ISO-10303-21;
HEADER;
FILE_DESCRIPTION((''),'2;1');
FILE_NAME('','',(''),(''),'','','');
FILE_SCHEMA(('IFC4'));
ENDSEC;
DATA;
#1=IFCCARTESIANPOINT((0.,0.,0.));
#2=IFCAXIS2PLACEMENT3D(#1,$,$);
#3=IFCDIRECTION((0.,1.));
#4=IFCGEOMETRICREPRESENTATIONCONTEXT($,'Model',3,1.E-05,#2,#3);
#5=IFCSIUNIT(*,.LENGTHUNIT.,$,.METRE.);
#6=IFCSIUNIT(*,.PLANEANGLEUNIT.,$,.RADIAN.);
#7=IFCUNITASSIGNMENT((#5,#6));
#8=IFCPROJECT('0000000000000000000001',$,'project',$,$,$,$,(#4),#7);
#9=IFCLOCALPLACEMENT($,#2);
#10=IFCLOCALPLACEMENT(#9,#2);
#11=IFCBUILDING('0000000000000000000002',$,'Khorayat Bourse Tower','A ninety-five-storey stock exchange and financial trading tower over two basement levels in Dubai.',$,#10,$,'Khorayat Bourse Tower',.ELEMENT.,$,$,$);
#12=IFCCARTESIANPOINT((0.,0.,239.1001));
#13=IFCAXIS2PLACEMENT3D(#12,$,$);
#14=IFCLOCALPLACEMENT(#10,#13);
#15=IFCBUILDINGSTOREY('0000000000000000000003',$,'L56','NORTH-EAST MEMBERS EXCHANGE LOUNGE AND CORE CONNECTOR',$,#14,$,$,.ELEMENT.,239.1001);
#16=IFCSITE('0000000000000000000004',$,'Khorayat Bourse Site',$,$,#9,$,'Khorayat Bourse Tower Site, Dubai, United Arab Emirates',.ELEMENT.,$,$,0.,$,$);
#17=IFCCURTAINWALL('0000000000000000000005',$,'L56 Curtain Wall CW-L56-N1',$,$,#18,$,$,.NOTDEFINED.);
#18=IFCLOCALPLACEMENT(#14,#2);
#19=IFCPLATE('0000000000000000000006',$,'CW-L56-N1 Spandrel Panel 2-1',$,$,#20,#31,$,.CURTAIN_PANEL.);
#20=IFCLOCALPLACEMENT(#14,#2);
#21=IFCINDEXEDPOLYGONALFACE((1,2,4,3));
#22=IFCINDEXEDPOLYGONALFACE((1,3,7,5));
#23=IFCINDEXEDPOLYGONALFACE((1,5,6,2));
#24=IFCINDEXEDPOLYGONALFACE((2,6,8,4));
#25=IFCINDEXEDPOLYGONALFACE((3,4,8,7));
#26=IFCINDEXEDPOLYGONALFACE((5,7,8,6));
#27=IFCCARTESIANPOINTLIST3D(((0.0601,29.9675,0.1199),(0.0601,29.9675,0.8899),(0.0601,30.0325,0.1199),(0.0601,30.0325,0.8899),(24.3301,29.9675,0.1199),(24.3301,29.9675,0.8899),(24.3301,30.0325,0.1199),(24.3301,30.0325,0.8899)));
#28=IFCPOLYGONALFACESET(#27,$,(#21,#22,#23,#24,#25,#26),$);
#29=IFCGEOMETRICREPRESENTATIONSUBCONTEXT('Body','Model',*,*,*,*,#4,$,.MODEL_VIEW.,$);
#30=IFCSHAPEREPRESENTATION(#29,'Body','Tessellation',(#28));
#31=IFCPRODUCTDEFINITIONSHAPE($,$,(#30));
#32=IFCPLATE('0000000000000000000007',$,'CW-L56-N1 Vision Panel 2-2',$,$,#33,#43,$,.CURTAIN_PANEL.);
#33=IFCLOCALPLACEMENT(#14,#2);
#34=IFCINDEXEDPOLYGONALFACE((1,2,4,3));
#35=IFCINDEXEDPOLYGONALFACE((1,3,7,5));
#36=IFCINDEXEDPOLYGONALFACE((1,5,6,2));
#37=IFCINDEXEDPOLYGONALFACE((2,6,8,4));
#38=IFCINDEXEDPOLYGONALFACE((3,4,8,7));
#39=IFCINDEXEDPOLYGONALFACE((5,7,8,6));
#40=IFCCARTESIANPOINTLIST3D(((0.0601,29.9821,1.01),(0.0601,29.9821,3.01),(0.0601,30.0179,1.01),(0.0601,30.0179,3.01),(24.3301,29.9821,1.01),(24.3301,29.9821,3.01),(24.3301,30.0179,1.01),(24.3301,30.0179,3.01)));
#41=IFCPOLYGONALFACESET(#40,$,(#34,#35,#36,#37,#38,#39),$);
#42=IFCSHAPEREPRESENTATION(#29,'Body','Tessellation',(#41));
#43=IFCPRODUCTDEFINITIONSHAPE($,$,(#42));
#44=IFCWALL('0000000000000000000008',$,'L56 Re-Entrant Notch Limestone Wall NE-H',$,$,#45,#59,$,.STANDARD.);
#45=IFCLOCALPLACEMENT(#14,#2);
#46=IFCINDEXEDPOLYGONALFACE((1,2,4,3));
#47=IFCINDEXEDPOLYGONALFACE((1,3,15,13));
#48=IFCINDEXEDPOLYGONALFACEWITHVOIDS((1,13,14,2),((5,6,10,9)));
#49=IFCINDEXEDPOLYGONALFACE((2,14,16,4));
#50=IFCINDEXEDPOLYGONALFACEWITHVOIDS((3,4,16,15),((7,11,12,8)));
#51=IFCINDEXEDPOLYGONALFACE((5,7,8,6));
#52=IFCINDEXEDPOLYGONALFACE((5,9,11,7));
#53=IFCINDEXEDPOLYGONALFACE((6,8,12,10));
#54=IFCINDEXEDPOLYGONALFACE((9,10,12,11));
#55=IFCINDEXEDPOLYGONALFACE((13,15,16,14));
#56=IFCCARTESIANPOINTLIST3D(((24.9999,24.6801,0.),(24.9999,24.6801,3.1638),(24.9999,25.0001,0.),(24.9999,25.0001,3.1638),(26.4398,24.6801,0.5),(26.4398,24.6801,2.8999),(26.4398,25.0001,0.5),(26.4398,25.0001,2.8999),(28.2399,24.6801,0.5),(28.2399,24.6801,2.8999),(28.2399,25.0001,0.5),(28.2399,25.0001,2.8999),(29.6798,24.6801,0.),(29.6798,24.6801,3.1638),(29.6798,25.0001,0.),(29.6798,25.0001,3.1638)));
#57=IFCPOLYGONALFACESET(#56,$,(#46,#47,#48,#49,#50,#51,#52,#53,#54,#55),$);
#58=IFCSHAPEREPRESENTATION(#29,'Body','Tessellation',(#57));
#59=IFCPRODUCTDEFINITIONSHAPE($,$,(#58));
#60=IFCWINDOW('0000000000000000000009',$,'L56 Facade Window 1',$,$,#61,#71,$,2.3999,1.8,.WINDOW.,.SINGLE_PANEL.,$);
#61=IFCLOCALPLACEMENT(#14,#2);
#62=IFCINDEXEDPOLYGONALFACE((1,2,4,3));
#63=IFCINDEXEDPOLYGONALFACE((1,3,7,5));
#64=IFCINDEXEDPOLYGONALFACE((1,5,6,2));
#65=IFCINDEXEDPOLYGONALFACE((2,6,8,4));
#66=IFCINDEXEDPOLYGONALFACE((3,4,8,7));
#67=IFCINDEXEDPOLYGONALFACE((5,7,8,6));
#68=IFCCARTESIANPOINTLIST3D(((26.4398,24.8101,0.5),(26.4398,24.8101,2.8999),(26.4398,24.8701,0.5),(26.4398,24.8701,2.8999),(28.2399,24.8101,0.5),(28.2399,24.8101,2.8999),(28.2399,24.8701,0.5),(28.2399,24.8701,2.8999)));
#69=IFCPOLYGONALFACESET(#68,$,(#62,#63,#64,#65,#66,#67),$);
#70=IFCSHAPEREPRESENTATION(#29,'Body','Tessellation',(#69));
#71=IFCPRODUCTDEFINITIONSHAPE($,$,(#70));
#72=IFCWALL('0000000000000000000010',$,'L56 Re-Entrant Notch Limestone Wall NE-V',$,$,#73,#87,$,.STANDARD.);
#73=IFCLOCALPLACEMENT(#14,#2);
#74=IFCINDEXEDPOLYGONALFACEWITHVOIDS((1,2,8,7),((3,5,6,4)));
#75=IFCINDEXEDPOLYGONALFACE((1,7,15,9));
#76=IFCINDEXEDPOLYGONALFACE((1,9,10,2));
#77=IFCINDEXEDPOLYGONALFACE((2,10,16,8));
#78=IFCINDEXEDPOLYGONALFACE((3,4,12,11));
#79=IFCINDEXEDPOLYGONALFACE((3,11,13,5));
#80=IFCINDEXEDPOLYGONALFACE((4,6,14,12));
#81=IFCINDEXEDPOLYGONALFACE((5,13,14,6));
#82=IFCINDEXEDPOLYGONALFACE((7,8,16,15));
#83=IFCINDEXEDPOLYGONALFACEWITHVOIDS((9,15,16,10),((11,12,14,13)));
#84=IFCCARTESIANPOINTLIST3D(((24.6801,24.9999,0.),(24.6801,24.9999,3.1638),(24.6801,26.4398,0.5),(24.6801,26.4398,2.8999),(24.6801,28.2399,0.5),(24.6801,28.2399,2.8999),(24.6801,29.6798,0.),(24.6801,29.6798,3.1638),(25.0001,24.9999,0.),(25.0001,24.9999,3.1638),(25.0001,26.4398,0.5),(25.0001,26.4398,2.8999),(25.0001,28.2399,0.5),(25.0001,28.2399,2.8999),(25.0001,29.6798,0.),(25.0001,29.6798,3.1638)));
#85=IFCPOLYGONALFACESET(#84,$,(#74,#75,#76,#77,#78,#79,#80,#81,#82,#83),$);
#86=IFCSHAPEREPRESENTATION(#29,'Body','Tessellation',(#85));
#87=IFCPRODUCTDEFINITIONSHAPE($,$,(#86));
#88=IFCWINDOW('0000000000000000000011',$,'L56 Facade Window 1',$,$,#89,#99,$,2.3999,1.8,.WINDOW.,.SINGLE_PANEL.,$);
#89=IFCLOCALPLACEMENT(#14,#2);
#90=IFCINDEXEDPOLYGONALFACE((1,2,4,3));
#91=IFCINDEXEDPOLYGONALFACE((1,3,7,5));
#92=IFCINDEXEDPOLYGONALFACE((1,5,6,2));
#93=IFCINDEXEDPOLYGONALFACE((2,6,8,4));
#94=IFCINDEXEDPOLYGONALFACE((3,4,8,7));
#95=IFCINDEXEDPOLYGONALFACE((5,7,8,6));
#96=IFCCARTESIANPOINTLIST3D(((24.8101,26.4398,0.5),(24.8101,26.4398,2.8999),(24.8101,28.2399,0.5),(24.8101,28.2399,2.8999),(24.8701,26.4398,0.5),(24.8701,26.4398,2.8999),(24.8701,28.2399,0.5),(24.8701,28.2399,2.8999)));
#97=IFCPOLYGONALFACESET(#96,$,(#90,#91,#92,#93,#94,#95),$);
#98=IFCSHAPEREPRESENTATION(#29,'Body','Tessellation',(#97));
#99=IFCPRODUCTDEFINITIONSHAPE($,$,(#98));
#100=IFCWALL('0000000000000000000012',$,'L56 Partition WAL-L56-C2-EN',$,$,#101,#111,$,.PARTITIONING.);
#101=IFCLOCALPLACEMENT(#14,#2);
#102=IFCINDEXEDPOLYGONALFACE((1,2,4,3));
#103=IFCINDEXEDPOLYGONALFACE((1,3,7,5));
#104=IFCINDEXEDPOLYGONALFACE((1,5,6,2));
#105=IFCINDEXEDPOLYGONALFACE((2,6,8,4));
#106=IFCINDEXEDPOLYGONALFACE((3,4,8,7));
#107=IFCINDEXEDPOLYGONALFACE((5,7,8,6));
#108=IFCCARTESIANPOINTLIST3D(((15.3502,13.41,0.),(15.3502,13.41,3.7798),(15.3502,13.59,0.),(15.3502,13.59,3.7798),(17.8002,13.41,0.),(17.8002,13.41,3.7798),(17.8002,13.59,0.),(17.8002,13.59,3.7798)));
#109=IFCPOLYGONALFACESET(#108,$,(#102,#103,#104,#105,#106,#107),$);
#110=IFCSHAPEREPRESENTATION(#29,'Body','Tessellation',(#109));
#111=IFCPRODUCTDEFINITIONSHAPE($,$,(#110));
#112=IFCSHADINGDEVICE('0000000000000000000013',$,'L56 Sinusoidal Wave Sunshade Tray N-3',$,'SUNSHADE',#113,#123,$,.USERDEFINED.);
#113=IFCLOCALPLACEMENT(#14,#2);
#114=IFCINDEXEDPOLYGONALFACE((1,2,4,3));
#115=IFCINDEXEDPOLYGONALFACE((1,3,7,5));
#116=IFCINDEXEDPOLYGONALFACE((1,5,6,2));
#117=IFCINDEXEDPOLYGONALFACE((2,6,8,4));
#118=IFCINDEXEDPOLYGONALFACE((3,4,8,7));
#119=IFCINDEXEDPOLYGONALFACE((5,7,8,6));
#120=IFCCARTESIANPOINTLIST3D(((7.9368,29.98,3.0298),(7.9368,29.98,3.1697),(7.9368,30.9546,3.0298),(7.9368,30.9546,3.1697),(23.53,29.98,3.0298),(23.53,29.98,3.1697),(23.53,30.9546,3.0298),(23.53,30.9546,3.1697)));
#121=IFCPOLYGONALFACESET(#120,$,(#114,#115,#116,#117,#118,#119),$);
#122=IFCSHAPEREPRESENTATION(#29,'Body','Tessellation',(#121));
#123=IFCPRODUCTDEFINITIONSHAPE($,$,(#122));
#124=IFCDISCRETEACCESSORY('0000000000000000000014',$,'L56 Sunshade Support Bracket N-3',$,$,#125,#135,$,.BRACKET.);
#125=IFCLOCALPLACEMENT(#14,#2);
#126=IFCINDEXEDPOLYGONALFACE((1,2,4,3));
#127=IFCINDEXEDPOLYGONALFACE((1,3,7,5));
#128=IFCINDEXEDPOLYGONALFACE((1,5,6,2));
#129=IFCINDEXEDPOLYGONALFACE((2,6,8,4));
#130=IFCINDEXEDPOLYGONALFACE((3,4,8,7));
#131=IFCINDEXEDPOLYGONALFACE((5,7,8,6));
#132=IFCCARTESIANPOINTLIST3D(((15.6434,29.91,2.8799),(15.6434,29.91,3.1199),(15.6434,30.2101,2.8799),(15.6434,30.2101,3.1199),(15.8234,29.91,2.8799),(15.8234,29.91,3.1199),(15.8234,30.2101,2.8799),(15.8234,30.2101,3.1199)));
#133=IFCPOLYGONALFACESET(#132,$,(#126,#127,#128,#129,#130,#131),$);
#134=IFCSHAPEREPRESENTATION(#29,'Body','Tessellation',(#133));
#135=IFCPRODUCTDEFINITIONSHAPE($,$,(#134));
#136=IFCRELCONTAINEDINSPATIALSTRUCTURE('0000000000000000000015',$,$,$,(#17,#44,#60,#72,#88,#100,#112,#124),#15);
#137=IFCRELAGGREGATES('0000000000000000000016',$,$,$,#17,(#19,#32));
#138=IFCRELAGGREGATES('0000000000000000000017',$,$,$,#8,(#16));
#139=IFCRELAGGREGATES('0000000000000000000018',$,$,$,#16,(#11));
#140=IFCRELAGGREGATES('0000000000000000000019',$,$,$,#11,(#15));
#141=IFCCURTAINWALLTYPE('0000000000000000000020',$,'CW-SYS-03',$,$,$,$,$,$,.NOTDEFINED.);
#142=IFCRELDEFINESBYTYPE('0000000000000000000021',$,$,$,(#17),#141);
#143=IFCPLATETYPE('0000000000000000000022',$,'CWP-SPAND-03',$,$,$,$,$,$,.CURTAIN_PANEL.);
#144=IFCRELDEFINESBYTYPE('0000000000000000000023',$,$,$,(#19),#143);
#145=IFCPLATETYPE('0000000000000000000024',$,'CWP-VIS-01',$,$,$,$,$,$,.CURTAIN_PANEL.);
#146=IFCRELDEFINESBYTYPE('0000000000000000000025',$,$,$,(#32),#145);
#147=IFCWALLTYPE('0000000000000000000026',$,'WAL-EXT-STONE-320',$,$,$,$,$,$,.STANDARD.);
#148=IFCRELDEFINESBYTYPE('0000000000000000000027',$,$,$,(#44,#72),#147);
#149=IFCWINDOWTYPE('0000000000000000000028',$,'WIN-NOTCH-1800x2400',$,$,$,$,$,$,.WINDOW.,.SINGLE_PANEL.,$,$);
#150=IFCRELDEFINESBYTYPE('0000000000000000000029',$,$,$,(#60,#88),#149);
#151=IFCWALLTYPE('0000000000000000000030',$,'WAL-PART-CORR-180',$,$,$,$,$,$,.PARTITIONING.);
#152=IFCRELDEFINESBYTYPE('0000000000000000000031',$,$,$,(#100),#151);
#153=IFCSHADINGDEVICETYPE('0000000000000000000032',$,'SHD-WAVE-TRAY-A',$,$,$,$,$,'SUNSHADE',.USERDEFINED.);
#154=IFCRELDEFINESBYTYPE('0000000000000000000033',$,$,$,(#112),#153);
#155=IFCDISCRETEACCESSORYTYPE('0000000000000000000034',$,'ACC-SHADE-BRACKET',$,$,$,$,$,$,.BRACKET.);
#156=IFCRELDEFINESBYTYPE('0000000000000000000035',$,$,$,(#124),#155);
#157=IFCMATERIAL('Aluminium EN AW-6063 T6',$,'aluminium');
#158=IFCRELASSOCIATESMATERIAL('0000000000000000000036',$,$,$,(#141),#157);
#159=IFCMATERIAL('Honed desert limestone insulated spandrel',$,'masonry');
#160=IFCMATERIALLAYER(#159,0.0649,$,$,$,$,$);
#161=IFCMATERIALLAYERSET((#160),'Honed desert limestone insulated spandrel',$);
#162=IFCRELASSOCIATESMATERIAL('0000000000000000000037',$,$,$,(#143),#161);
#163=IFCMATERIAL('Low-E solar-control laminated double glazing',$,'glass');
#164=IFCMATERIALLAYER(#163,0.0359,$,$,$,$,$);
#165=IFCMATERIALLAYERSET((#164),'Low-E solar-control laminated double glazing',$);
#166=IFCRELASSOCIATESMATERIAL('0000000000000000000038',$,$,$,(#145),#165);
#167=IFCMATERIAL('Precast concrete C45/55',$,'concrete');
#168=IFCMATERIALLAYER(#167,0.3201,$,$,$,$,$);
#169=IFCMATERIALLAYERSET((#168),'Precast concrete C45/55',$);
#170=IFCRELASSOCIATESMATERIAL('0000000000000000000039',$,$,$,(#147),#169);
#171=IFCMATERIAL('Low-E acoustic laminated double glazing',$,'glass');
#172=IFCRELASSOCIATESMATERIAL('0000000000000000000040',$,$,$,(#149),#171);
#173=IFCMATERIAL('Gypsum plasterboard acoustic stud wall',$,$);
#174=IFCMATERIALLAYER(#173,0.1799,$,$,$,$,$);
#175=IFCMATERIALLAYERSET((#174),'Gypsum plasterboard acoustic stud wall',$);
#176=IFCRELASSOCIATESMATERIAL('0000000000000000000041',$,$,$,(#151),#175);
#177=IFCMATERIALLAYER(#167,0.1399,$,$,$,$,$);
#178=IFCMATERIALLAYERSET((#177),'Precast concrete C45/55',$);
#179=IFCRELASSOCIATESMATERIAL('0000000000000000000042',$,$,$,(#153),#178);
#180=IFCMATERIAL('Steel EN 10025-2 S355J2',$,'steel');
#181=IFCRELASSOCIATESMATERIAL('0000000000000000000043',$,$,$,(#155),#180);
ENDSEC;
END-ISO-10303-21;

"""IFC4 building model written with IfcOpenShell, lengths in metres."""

from ifc_helpers import new_model, si_unit, direction, frame, frame_2d, origin, origin_2d, place, context, subcontext, project, spatial, rectangle, extrude, source, transform, mapped, material, layer, layer_set, type_object, element, fill, aggregate, save


model = new_model("IFC4")

# Units and contexts
model_context = context("Model", 3, precision=1e-05, world=origin(), true_north=direction((0.0, 1.0)))
body_context = subcontext(model_context, "Body", "Model", "MODEL_VIEW")
ifc_project = project(units=[si_unit("LENGTHUNIT", "METRE"), si_unit("PLANEANGLEUNIT", "RADIAN")], contexts=[model_context])

# Site, building, storey
site_placement = place(None, origin())
site = spatial("IfcSite", under=ifc_project, at=site_placement, Name="Khorayat Bourse Site", LongName="Khorayat Bourse Tower Site, Dubai, United Arab Emirates", CompositionType="ELEMENT", RefElevation=0.0)
building_placement = place(site_placement, origin())
building = spatial("IfcBuilding", under=site, at=building_placement, Name="Khorayat Bourse Tower", Description="A ninety-five-storey stock exchange and financial trading tower over two basement levels in Dubai.", LongName="Khorayat Bourse Tower", CompositionType="ELEMENT")
storey_placement = place(building_placement, frame((0.0, 0.0, 239.1001)))
storey = spatial("IfcBuildingStorey", under=building, at=storey_placement, Name="L56", Description="NORTH-EAST MEMBERS EXCHANGE LOUNGE AND CORE CONNECTOR", CompositionType="ELEMENT", Elevation=239.1001)

# Curtain wall
ifc_material_1 = material(Name="Aluminium EN AW-6063 T6", Category="aluminium")
curtain_wall_type = type_object("IfcCurtainWallType", Name="CW-SYS-03", PredefinedType="NOTDEFINED", material=ifc_material_1)
curtain_wall_1_placement = place(storey_placement, origin())
curtain_wall_1 = element("IfcCurtainWall", 1, at=curtain_wall_1_placement, inside=storey, type_object=curtain_wall_type, Name="L56 Curtain Wall CW-L56-N1", PredefinedType="NOTDEFINED")

# Plates
ifc_material_2 = material(Name="Steel EN 10025-2 S355J2", Category="steel")
ifc_material_3 = material(Name="Honed desert limestone insulated spandrel", Category="masonry")
ifc_layer_1 = layer(ifc_material_3, 0.0649)
ifc_layer_set_1 = layer_set([ifc_layer_1], Name="Honed desert limestone insulated spandrel")
plate_type_1 = type_object("IfcPlateType", Name="CWP-SPAND-03", PredefinedType="CURTAIN_PANEL", material=ifc_layer_set_1)
shared_shape_1 = source(origin(), body_context, "Body", "SweptSolid", [
    extrude(rectangle(XDim=24.27, YDim=0.0649, at=origin_2d()), origin(), (0.0, 0.0, 1.0), 0.77),
])
plate_1_placement = place(storey_placement, frame((12.1951, 30.0, 0.1199), z_axis=(0.0, 0.0, 1.0), x_axis=(1.0, 0.0, 0.0)))
plate_1 = element("IfcPlate", 2, at=plate_1_placement, type_object=plate_type_1, Name="CW-L56-N1 Spandrel Panel 2-1", PredefinedType="CURTAIN_PANEL", context=body_context, shape_type="MappedRepresentation", body=[
    mapped(shared_shape_1, transform((0.0, 0.0, 0.0), scale=1.0)),
])
ifc_material_4 = material(Name="Low-E solar-control laminated double glazing", Category="glass")
ifc_layer_2 = layer(ifc_material_4, 0.0359)
ifc_layer_set_2 = layer_set([ifc_layer_2], Name="Low-E solar-control laminated double glazing")
plate_type_2 = type_object("IfcPlateType", Name="CWP-VIS-01", PredefinedType="CURTAIN_PANEL", material=ifc_layer_set_2)
shared_shape_2 = source(origin(), body_context, "Body", "SweptSolid", [
    extrude(rectangle(XDim=24.27, YDim=0.0359, at=origin_2d()), origin(), (0.0, 0.0, 1.0), 2.0),
])
plate_2_placement = place(storey_placement, frame((12.1951, 30.0, 1.01), z_axis=(0.0, 0.0, 1.0), x_axis=(1.0, 0.0, 0.0)))
plate_2 = element("IfcPlate", 3, at=plate_2_placement, type_object=plate_type_2, Name="CW-L56-N1 Vision Panel 2-2", PredefinedType="CURTAIN_PANEL", context=body_context, shape_type="MappedRepresentation", body=[
    mapped(shared_shape_2, transform((0.0, 0.0, 0.0), scale=1.0)),
])
aggregate(curtain_wall_1, [plate_1, plate_2])

# Walls, openings, windows
ifc_material_5 = material(Name="Precast concrete C45/55", Category="concrete")
ifc_layer_3 = layer(ifc_material_5, 0.3201)
ifc_layer_set_3 = layer_set([ifc_layer_3], Name="Precast concrete C45/55")
wall_type_1 = type_object("IfcWallType", Name="WAL-EXT-STONE-320", PredefinedType="STANDARD", material=ifc_layer_set_3)
shared_shape_3 = source(origin(), body_context, "Body", "SweptSolid", [
    extrude(rectangle(XDim=4.6799, YDim=0.3201, at=frame_2d((2.3398, 0.0))), origin(), (0.0, 0.0, 1.0), 3.1638),
])
wall_1_placement = place(storey_placement, frame((25.0, 24.8401, 0.0), z_axis=(0.0, 0.0, 1.0), x_axis=(1.0, 0.0, 0.0)))
wall_1 = element("IfcWall", 4, at=wall_1_placement, inside=storey, type_object=wall_type_1, Name="L56 Re-Entrant Notch Limestone Wall NE-H", PredefinedType="STANDARD", context=body_context, shape_type="MappedRepresentation", body=[
    mapped(shared_shape_3, transform((0.0, 0.0, 0.0), scale=1.0)),
])
shared_shape_4 = source(origin(), body_context, "Body", "SweptSolid", [
    extrude(rectangle(XDim=1.8, YDim=2.3999, at=frame_2d((0.8999, 1.2))), frame((0.0, 0.1699, 0.0), z_axis=(0.0, -1.0, 0.0), x_axis=(1.0, 0.0, 0.0)), (0.0, 0.0, 1.0), 0.3401),
])
opening_1_placement = place(wall_1_placement, frame((1.4399, 0.0, 0.5)))
opening_1 = element("IfcOpeningElement", 5, at=opening_1_placement, cuts=wall_1, PredefinedType="OPENING", context=body_context, shape_type="MappedRepresentation", body=[
    mapped(shared_shape_4, transform((0.0, 0.0, 0.0), scale=1.0)),
])
ifc_material_6 = material(Name="Low-E acoustic laminated double glazing", Category="glass")
window_type = type_object("IfcWindowType", Name="WIN-NOTCH-1800x2400", PartitioningType="SINGLE_PANEL", PredefinedType="WINDOW", material=ifc_material_6)
shared_shape_5 = source(origin(), body_context, "Body", "SweptSolid", [
    extrude(rectangle(XDim=1.8, YDim=2.3999, at=frame_2d((0.8999, 1.2))), frame((0.0, 0.03, 0.0), z_axis=(0.0, -1.0, 0.0), x_axis=(1.0, 0.0, 0.0)), (0.0, 0.0, 1.0), 0.0601),
])
window_1_placement = place(opening_1_placement, origin())
window_1 = element("IfcWindow", 6, at=window_1_placement, inside=storey, type_object=window_type, Name="L56 Facade Window 1", OverallHeight=2.3999, OverallWidth=1.8, PartitioningType="SINGLE_PANEL", PredefinedType="WINDOW", context=body_context, shape_type="MappedRepresentation", body=[
    mapped(shared_shape_5, transform((0.0, 0.0, 0.0), scale=1.0)),
])
fill(opening_1, window_1)
wall_2_placement = place(storey_placement, frame((24.8401, 25.0, 0.0), z_axis=(0.0, 0.0, 1.0), x_axis=(0.0, 1.0, 0.0)))
wall_2 = element("IfcWall", 7, at=wall_2_placement, inside=storey, type_object=wall_type_1, Name="L56 Re-Entrant Notch Limestone Wall NE-V", PredefinedType="STANDARD", context=body_context, shape_type="MappedRepresentation", body=[
    mapped(shared_shape_3, transform((0.0, 0.0, 0.0), scale=1.0)),
])
opening_2_placement = place(wall_2_placement, frame((1.4399, 0.0, 0.5)))
opening_2 = element("IfcOpeningElement", 8, at=opening_2_placement, cuts=wall_2, PredefinedType="OPENING", context=body_context, shape_type="MappedRepresentation", body=[
    mapped(shared_shape_4, transform((0.0, 0.0, 0.0), scale=1.0)),
])
window_2_placement = place(opening_2_placement, origin())
window_2 = element("IfcWindow", 9, at=window_2_placement, inside=storey, type_object=window_type, Name="L56 Facade Window 1", OverallHeight=2.3999, OverallWidth=1.8, PartitioningType="SINGLE_PANEL", PredefinedType="WINDOW", context=body_context, shape_type="MappedRepresentation", body=[
    mapped(shared_shape_5, transform((0.0, 0.0, 0.0), scale=1.0)),
])
fill(opening_2, window_2)

# Wall
ifc_material_7 = material(Name="Gypsum plasterboard acoustic stud wall")
ifc_layer_4 = layer(ifc_material_7, 0.1799)
ifc_layer_set_4 = layer_set([ifc_layer_4], Name="Gypsum plasterboard acoustic stud wall")
wall_type_2 = type_object("IfcWallType", Name="WAL-PART-CORR-180", PredefinedType="PARTITIONING", material=ifc_layer_set_4)
shared_shape_6 = source(origin(), body_context, "Body", "SweptSolid", [
    extrude(rectangle(XDim=2.45, YDim=0.1799, at=frame_2d((1.2251, 0.0))), origin(), (0.0, 0.0, 1.0), 3.7798),
])
wall_3_placement = place(storey_placement, frame((15.3501, 13.5, 0.0), z_axis=(0.0, 0.0, 1.0), x_axis=(1.0, 0.0, 0.0)))
element("IfcWall", 10, at=wall_3_placement, inside=storey, type_object=wall_type_2, Name="L56 Partition WAL-L56-C2-EN", PredefinedType="PARTITIONING", context=body_context, shape_type="MappedRepresentation", body=[
    mapped(shared_shape_6, transform((0.0, 0.0, 0.0), scale=1.0)),
])

# Shading device
ifc_layer_5 = layer(ifc_material_5, 0.1399)
ifc_layer_set_5 = layer_set([ifc_layer_5], Name="Precast concrete C45/55")
shading_device_type = type_object("IfcShadingDeviceType", Name="SHD-WAVE-TRAY-A", ElementType="SUNSHADE", PredefinedType="USERDEFINED", material=ifc_layer_set_5)
shared_shape_7 = source(origin(), body_context, "Body", "SweptSolid", [
    extrude(rectangle(XDim=15.5933, YDim=0.9746, at=origin_2d()), origin(), (0.0, 0.0, 1.0), 0.1399),
])
shading_device_placement = place(storey_placement, frame((15.7334, 30.4673, 3.0298), z_axis=(0.0, 0.0, 1.0), x_axis=(1.0, 0.0, 0.0)))
element("IfcShadingDevice", 11, at=shading_device_placement, inside=storey, type_object=shading_device_type, Name="L56 Sinusoidal Wave Sunshade Tray N-3", ObjectType="SUNSHADE", PredefinedType="USERDEFINED", context=body_context, shape_type="MappedRepresentation", body=[
    mapped(shared_shape_7, transform((0.0, 0.0, 0.0), scale=1.0)),
])

# Discrete accessory
discrete_accessory_type = type_object("IfcDiscreteAccessoryType", Name="ACC-SHADE-BRACKET", PredefinedType="BRACKET", material=ifc_material_2)
shared_shape_8 = source(origin(), body_context, "Body", "SweptSolid", [
    extrude(rectangle(XDim=0.1799, YDim=0.3, at=origin_2d()), origin(), (0.0, 0.0, 1.0), 0.24),
])
discrete_accessory_placement = place(storey_placement, frame((15.7334, 30.0601, 2.8799), z_axis=(0.0, 0.0, 1.0), x_axis=(1.0, 0.0, 0.0)))
element("IfcDiscreteAccessory", 12, at=discrete_accessory_placement, inside=storey, type_object=discrete_accessory_type, Name="L56 Sunshade Support Bracket N-3", PredefinedType="BRACKET", context=body_context, shape_type="MappedRepresentation", body=[
    mapped(shared_shape_8, transform((0.0, 0.0, 0.0), scale=1.0)),
])

save(model, "model.ifc")
